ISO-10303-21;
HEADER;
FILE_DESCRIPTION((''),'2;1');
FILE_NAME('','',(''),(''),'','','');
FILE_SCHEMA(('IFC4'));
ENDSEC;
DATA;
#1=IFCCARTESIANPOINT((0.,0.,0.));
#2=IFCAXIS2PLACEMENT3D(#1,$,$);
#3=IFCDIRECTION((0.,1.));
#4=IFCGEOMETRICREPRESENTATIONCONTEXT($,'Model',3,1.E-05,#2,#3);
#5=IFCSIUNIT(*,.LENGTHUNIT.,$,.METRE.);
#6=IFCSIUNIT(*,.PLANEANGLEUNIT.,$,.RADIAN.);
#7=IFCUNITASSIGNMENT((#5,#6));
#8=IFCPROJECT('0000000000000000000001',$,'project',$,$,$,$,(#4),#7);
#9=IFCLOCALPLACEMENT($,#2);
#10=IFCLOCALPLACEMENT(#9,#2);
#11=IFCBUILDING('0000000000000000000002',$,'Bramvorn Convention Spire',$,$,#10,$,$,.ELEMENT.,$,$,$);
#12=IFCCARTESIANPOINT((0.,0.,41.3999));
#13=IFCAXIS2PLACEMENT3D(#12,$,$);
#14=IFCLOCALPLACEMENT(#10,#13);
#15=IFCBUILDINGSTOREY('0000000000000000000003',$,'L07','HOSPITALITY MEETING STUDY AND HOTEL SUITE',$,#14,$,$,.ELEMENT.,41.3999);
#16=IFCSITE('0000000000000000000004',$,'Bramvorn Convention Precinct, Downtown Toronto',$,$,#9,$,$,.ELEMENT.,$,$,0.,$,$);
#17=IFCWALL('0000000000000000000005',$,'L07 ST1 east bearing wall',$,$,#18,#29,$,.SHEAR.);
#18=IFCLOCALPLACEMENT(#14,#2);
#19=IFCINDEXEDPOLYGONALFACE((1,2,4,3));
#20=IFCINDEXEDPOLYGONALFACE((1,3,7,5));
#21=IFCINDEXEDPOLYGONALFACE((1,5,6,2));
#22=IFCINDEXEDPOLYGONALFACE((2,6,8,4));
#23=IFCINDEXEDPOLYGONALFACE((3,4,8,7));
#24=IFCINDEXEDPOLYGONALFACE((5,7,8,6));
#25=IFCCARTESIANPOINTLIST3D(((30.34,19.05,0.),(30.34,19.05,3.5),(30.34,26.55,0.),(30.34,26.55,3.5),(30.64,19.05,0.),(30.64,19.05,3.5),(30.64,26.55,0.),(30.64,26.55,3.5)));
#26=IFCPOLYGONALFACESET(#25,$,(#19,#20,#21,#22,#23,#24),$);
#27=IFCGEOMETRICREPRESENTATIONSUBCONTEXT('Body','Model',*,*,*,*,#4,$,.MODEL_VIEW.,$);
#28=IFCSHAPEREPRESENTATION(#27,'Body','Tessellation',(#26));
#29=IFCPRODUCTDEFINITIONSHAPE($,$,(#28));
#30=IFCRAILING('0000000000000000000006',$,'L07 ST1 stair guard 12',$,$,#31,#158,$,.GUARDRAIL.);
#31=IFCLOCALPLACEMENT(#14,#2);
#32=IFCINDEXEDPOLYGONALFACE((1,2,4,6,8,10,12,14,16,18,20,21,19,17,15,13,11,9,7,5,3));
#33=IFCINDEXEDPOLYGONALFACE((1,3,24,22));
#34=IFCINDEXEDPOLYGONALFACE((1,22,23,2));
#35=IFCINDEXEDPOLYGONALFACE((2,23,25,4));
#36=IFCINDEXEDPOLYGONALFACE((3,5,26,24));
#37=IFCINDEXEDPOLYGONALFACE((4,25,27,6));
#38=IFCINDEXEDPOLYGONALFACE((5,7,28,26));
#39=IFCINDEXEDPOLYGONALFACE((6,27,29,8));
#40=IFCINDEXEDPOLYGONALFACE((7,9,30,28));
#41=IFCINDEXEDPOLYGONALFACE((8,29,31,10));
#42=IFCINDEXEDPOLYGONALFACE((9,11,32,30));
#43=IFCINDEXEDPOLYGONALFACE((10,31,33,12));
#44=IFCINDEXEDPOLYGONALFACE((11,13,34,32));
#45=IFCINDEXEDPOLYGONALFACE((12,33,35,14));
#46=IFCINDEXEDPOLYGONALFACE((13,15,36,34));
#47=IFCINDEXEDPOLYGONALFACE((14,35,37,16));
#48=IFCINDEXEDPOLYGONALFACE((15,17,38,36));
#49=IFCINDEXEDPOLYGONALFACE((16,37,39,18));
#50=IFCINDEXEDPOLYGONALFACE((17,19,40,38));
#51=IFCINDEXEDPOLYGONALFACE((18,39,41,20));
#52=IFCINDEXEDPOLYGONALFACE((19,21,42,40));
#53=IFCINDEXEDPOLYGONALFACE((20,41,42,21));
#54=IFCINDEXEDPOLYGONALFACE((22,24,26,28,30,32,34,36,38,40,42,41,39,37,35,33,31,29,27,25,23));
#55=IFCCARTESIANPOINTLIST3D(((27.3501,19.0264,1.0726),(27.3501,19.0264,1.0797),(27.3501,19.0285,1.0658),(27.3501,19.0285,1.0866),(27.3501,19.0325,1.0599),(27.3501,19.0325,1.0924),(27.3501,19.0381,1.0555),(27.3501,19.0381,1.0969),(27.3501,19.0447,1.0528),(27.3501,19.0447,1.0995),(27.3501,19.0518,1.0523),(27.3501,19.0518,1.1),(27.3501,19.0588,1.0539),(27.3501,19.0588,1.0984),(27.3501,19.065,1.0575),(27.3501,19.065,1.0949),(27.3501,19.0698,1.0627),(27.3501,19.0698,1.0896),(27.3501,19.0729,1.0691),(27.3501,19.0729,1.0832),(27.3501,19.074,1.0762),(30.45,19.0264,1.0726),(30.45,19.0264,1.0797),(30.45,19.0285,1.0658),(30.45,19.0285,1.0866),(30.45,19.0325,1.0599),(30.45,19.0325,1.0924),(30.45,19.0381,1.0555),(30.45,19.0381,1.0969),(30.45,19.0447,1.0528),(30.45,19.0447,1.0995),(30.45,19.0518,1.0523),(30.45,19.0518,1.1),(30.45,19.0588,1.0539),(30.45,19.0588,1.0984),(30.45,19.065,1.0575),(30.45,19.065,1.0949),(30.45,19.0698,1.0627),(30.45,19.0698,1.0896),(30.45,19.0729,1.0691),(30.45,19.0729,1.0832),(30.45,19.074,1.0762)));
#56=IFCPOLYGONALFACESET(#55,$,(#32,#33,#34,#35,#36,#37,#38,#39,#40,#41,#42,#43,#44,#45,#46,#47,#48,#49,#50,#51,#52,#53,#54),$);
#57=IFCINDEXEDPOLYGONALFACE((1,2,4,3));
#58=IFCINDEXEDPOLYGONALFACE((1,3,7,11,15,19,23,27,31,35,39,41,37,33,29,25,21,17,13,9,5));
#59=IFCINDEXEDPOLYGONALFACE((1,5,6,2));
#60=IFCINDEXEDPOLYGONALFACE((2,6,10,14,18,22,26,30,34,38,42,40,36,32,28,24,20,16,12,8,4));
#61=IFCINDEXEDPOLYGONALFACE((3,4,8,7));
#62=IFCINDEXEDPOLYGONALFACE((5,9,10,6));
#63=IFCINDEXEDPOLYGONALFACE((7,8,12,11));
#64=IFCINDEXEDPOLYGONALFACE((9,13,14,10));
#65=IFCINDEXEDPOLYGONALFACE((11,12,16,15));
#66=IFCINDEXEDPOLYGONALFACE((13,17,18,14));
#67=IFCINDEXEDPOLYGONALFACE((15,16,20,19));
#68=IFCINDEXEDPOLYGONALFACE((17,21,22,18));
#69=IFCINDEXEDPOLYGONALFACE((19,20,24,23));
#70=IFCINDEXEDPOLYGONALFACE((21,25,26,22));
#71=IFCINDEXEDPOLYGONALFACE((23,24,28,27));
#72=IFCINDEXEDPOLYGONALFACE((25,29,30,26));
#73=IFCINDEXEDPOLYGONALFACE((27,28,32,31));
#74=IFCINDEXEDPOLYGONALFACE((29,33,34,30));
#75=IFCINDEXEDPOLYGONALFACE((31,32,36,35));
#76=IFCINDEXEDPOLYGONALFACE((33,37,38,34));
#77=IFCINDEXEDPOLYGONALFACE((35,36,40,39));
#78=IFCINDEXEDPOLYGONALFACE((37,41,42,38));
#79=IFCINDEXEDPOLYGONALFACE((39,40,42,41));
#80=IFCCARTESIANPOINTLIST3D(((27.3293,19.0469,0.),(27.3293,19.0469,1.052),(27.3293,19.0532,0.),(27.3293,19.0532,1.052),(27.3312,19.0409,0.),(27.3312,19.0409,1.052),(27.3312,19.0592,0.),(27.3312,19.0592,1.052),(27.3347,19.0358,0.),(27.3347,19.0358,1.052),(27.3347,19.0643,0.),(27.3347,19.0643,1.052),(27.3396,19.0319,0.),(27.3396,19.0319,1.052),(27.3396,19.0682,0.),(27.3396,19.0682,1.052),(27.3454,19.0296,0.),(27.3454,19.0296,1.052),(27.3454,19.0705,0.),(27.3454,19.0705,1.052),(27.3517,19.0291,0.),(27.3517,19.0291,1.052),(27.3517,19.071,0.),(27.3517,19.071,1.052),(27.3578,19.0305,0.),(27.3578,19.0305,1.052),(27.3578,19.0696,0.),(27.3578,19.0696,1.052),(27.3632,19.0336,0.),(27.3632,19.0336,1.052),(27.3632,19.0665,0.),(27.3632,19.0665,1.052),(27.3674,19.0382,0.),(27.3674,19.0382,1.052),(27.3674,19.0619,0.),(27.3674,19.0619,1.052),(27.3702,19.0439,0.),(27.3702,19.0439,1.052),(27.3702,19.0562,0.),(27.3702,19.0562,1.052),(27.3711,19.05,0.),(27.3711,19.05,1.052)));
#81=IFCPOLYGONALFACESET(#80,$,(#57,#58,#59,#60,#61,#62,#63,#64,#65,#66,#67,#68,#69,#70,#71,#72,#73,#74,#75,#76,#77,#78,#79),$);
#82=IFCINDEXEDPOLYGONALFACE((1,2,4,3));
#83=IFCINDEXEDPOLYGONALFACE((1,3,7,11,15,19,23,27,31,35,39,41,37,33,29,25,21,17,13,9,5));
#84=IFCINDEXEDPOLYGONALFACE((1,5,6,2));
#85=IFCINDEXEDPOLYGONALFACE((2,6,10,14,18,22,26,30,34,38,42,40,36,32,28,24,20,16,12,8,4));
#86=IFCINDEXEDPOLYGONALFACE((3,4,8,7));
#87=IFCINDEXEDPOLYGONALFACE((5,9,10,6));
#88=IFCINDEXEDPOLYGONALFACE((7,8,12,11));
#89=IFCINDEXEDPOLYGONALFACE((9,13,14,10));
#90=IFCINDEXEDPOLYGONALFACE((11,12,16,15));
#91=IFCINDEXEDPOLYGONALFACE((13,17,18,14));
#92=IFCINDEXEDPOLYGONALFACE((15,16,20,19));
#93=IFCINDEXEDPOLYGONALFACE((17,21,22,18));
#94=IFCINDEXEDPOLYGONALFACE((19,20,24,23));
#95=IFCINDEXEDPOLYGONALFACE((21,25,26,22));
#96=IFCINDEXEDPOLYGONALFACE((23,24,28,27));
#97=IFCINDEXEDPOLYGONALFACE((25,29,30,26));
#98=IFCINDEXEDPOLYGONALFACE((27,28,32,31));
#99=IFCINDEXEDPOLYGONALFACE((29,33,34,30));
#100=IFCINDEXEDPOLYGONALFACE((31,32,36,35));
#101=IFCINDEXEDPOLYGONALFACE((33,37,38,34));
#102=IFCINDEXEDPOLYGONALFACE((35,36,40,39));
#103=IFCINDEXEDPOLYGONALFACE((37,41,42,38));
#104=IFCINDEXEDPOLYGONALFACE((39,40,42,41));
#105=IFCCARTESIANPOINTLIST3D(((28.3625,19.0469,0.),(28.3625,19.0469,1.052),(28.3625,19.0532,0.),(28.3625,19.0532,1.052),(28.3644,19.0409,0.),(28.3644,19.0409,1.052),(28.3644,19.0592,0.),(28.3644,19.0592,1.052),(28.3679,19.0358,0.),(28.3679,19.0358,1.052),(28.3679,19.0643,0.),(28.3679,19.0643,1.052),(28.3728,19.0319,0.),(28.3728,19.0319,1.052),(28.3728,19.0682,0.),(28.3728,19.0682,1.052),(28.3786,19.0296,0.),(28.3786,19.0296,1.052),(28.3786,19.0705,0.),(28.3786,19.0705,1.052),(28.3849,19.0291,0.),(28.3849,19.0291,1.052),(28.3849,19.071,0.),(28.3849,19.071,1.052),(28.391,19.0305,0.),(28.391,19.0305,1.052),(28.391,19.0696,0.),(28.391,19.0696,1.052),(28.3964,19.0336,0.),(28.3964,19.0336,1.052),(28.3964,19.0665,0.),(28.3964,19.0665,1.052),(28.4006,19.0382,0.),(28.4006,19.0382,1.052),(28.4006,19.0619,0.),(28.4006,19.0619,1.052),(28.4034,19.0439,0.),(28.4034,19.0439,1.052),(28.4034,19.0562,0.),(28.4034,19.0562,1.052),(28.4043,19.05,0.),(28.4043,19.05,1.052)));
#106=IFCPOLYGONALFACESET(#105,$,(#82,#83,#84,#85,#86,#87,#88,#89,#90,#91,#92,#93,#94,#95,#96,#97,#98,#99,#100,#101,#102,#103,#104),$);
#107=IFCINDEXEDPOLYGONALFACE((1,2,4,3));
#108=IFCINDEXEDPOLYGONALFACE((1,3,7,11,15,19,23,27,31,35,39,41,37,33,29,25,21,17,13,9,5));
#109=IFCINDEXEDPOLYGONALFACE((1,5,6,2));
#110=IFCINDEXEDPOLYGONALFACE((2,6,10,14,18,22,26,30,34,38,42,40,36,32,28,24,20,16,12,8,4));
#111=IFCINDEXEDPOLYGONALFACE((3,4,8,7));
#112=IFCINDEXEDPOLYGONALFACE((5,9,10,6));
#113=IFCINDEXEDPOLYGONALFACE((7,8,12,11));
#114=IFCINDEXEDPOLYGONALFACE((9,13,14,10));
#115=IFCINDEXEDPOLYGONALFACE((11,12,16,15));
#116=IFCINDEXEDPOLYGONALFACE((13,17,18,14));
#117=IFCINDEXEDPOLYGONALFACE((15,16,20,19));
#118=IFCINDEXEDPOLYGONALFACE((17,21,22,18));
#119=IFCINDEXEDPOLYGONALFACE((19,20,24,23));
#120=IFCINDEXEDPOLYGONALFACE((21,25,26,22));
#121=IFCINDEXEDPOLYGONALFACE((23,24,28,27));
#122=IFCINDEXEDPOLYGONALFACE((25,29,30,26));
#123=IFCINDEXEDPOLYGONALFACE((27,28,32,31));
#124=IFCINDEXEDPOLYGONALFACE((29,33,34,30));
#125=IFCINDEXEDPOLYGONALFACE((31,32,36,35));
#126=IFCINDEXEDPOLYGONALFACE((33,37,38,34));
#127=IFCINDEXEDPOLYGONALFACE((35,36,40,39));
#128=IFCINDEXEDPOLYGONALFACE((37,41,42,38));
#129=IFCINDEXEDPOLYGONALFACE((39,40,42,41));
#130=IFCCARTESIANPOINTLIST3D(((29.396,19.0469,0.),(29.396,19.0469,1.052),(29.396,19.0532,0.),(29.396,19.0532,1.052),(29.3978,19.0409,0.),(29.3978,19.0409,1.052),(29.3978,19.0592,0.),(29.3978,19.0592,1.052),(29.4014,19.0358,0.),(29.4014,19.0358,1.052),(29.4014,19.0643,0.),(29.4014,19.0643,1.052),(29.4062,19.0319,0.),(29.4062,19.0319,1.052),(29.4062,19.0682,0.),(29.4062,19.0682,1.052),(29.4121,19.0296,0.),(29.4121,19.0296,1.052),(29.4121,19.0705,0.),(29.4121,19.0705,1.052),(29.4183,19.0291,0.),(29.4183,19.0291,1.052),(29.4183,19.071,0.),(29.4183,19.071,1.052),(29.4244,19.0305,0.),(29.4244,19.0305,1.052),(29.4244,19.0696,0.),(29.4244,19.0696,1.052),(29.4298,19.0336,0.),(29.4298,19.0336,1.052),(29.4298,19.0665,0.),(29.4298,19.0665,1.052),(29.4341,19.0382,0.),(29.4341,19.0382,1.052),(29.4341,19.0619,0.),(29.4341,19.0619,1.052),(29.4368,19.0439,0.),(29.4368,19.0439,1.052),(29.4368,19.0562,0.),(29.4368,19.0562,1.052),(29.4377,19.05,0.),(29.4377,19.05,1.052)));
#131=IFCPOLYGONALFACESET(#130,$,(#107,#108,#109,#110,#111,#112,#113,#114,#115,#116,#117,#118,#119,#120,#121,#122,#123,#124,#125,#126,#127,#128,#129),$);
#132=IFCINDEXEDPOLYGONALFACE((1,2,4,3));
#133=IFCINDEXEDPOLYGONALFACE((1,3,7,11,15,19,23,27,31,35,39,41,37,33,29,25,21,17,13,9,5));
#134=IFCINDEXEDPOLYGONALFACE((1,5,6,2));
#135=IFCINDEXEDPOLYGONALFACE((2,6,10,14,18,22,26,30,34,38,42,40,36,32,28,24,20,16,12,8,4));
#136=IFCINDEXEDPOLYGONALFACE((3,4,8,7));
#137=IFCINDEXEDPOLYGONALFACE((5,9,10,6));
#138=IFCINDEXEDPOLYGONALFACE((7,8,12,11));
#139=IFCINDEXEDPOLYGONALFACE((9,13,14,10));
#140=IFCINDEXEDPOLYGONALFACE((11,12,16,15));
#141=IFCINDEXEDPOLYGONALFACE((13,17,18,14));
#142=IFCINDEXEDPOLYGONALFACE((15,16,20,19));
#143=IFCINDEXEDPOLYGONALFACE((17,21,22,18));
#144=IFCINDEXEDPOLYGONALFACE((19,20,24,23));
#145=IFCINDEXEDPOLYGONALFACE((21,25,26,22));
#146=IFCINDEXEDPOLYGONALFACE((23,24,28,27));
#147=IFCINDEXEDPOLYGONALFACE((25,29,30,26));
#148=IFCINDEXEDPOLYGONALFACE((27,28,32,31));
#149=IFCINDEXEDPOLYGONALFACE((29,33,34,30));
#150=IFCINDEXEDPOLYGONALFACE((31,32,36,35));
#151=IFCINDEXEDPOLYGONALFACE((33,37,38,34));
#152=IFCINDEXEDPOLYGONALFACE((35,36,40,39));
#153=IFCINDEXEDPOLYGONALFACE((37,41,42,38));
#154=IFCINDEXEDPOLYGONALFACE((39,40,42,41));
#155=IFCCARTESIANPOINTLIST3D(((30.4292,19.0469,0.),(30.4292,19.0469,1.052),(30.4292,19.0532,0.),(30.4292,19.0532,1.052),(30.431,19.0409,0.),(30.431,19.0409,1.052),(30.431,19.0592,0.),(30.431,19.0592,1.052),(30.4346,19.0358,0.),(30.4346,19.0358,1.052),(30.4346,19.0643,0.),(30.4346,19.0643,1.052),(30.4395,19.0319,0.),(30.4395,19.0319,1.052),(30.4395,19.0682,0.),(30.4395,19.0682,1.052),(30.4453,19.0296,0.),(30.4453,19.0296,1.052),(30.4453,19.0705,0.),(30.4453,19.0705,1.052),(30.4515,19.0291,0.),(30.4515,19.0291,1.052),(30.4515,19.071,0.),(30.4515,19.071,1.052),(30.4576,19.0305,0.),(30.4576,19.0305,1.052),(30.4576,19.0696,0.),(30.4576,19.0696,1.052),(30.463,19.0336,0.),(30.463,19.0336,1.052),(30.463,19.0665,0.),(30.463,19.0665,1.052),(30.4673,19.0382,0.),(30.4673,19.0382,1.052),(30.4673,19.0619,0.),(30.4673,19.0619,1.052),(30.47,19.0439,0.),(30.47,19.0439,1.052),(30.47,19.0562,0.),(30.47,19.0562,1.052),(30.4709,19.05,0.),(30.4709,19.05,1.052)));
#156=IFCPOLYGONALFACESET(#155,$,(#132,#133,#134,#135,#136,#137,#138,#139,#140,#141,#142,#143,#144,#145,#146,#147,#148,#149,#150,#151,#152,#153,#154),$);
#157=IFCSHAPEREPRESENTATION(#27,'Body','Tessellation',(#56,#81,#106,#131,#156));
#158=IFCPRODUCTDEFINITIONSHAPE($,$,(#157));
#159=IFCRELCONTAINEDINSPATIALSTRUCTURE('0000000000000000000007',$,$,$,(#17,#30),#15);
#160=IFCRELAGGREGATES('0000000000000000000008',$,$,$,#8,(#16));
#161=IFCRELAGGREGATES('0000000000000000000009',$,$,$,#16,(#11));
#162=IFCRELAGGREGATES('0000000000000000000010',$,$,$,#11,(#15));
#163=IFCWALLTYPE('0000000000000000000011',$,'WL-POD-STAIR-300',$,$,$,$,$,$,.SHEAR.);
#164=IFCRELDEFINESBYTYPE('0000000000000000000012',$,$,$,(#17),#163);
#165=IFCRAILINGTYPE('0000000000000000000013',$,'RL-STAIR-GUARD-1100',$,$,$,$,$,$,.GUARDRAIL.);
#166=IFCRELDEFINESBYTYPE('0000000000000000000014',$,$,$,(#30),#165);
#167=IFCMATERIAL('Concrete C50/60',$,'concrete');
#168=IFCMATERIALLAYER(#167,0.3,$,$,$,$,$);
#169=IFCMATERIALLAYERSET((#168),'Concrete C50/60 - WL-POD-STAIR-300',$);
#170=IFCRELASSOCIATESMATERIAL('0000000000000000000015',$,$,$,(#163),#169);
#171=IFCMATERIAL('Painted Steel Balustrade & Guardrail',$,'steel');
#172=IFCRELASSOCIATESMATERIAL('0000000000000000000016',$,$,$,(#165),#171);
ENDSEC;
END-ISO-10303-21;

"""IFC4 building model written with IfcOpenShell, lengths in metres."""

from ifc_helpers import new_model, si_unit, direction, frame, frame_2d, origin, origin_2d, place, context, subcontext, project, spatial, rectangle, circle, extrude, material, layer, layer_set, type_object, element, save


model = new_model("IFC4")

# Units and contexts
model_context = context("Model", 3, precision=1e-05, world=origin(), true_north=direction((0.0, 1.0)))
body_context = subcontext(model_context, "Body", "Model", "MODEL_VIEW")
ifc_project = project(units=[si_unit("LENGTHUNIT", "METRE"), si_unit("PLANEANGLEUNIT", "RADIAN")], contexts=[model_context])

# Site, building, storey
site_placement = place(None, origin())
site = spatial("IfcSite", under=ifc_project, at=site_placement, Name="Bramvorn Convention Precinct, Downtown Toronto", CompositionType="ELEMENT", RefElevation=0.0)
building_placement = place(site_placement, origin())
building = spatial("IfcBuilding", under=site, at=building_placement, Name="Bramvorn Convention Spire", CompositionType="ELEMENT")
storey_placement = place(building_placement, frame((0.0, 0.0, 41.3999)))
storey = spatial("IfcBuildingStorey", under=building, at=storey_placement, Name="L07", Description="HOSPITALITY MEETING STUDY AND HOTEL SUITE", CompositionType="ELEMENT", Elevation=41.3999)

# Wall
ifc_material_1 = material(Name="Concrete C50/60", Category="concrete")
ifc_layer_1 = layer(ifc_material_1, 0.3)
ifc_layer_set_1 = layer_set([ifc_layer_1], Name="Concrete C50/60 - WL-POD-STAIR-300")
wall_type_1 = type_object("IfcWallType", Name="WL-POD-STAIR-300", PredefinedType="SHEAR", material=ifc_layer_set_1)
wall_1_placement = place(storey_placement, frame((30.49, 19.05, 0.0), z_axis=(0.0, 0.0, 1.0), x_axis=(0.0, 1.0, 0.0)))
element("IfcWall", 1, at=wall_1_placement, inside=storey, type_object=wall_type_1, Name="L07 ST1 east bearing wall", PredefinedType="SHEAR", context=body_context, shape_type="SweptSolid", body=[
    extrude(rectangle(XDim=7.5, YDim=0.3, at=frame_2d((3.75, 0.0))), origin(), (0.0, 0.0, 1.0), 3.5),
])

# Railing
ifc_material_2 = material(Name="Painted Steel Balustrade & Guardrail", Category="steel")
railing_type = type_object("IfcRailingType", Name="RL-STAIR-GUARD-1100", PredefinedType="GUARDRAIL", material=ifc_material_2)
railing_placement = place(storey_placement, frame((27.3501, 19.05, 0.0)))
element("IfcRailing", 2, at=railing_placement, inside=storey, type_object=railing_type, Name="L07 ST1 stair guard 12", PredefinedType="GUARDRAIL", context=body_context, shape_type="SweptSolid", body=[
    extrude(circle(Radius=0.0239, at=origin_2d()), frame((0.0, 0.0, 1.0762), z_axis=(1.0, 0.0, 0.0), x_axis=(0.0, 1.0, 0.0)), (0.0, 0.0, 1.0), 3.0999),
    extrude(circle(Radius=0.021, at=origin_2d()), origin(), (0.0, 0.0, 1.0), 1.052),
    extrude(circle(Radius=0.021, at=origin_2d()), frame((1.0332, 0.0, 0.0)), (0.0, 0.0, 1.0), 1.052),
    extrude(circle(Radius=0.021, at=origin_2d()), frame((2.0667, 0.0, 0.0)), (0.0, 0.0, 1.0), 1.052),
    extrude(circle(Radius=0.021, at=origin_2d()), frame((3.0999, 0.0, 0.0)), (0.0, 0.0, 1.0), 1.052),
])

save(model, "model.ifc")
